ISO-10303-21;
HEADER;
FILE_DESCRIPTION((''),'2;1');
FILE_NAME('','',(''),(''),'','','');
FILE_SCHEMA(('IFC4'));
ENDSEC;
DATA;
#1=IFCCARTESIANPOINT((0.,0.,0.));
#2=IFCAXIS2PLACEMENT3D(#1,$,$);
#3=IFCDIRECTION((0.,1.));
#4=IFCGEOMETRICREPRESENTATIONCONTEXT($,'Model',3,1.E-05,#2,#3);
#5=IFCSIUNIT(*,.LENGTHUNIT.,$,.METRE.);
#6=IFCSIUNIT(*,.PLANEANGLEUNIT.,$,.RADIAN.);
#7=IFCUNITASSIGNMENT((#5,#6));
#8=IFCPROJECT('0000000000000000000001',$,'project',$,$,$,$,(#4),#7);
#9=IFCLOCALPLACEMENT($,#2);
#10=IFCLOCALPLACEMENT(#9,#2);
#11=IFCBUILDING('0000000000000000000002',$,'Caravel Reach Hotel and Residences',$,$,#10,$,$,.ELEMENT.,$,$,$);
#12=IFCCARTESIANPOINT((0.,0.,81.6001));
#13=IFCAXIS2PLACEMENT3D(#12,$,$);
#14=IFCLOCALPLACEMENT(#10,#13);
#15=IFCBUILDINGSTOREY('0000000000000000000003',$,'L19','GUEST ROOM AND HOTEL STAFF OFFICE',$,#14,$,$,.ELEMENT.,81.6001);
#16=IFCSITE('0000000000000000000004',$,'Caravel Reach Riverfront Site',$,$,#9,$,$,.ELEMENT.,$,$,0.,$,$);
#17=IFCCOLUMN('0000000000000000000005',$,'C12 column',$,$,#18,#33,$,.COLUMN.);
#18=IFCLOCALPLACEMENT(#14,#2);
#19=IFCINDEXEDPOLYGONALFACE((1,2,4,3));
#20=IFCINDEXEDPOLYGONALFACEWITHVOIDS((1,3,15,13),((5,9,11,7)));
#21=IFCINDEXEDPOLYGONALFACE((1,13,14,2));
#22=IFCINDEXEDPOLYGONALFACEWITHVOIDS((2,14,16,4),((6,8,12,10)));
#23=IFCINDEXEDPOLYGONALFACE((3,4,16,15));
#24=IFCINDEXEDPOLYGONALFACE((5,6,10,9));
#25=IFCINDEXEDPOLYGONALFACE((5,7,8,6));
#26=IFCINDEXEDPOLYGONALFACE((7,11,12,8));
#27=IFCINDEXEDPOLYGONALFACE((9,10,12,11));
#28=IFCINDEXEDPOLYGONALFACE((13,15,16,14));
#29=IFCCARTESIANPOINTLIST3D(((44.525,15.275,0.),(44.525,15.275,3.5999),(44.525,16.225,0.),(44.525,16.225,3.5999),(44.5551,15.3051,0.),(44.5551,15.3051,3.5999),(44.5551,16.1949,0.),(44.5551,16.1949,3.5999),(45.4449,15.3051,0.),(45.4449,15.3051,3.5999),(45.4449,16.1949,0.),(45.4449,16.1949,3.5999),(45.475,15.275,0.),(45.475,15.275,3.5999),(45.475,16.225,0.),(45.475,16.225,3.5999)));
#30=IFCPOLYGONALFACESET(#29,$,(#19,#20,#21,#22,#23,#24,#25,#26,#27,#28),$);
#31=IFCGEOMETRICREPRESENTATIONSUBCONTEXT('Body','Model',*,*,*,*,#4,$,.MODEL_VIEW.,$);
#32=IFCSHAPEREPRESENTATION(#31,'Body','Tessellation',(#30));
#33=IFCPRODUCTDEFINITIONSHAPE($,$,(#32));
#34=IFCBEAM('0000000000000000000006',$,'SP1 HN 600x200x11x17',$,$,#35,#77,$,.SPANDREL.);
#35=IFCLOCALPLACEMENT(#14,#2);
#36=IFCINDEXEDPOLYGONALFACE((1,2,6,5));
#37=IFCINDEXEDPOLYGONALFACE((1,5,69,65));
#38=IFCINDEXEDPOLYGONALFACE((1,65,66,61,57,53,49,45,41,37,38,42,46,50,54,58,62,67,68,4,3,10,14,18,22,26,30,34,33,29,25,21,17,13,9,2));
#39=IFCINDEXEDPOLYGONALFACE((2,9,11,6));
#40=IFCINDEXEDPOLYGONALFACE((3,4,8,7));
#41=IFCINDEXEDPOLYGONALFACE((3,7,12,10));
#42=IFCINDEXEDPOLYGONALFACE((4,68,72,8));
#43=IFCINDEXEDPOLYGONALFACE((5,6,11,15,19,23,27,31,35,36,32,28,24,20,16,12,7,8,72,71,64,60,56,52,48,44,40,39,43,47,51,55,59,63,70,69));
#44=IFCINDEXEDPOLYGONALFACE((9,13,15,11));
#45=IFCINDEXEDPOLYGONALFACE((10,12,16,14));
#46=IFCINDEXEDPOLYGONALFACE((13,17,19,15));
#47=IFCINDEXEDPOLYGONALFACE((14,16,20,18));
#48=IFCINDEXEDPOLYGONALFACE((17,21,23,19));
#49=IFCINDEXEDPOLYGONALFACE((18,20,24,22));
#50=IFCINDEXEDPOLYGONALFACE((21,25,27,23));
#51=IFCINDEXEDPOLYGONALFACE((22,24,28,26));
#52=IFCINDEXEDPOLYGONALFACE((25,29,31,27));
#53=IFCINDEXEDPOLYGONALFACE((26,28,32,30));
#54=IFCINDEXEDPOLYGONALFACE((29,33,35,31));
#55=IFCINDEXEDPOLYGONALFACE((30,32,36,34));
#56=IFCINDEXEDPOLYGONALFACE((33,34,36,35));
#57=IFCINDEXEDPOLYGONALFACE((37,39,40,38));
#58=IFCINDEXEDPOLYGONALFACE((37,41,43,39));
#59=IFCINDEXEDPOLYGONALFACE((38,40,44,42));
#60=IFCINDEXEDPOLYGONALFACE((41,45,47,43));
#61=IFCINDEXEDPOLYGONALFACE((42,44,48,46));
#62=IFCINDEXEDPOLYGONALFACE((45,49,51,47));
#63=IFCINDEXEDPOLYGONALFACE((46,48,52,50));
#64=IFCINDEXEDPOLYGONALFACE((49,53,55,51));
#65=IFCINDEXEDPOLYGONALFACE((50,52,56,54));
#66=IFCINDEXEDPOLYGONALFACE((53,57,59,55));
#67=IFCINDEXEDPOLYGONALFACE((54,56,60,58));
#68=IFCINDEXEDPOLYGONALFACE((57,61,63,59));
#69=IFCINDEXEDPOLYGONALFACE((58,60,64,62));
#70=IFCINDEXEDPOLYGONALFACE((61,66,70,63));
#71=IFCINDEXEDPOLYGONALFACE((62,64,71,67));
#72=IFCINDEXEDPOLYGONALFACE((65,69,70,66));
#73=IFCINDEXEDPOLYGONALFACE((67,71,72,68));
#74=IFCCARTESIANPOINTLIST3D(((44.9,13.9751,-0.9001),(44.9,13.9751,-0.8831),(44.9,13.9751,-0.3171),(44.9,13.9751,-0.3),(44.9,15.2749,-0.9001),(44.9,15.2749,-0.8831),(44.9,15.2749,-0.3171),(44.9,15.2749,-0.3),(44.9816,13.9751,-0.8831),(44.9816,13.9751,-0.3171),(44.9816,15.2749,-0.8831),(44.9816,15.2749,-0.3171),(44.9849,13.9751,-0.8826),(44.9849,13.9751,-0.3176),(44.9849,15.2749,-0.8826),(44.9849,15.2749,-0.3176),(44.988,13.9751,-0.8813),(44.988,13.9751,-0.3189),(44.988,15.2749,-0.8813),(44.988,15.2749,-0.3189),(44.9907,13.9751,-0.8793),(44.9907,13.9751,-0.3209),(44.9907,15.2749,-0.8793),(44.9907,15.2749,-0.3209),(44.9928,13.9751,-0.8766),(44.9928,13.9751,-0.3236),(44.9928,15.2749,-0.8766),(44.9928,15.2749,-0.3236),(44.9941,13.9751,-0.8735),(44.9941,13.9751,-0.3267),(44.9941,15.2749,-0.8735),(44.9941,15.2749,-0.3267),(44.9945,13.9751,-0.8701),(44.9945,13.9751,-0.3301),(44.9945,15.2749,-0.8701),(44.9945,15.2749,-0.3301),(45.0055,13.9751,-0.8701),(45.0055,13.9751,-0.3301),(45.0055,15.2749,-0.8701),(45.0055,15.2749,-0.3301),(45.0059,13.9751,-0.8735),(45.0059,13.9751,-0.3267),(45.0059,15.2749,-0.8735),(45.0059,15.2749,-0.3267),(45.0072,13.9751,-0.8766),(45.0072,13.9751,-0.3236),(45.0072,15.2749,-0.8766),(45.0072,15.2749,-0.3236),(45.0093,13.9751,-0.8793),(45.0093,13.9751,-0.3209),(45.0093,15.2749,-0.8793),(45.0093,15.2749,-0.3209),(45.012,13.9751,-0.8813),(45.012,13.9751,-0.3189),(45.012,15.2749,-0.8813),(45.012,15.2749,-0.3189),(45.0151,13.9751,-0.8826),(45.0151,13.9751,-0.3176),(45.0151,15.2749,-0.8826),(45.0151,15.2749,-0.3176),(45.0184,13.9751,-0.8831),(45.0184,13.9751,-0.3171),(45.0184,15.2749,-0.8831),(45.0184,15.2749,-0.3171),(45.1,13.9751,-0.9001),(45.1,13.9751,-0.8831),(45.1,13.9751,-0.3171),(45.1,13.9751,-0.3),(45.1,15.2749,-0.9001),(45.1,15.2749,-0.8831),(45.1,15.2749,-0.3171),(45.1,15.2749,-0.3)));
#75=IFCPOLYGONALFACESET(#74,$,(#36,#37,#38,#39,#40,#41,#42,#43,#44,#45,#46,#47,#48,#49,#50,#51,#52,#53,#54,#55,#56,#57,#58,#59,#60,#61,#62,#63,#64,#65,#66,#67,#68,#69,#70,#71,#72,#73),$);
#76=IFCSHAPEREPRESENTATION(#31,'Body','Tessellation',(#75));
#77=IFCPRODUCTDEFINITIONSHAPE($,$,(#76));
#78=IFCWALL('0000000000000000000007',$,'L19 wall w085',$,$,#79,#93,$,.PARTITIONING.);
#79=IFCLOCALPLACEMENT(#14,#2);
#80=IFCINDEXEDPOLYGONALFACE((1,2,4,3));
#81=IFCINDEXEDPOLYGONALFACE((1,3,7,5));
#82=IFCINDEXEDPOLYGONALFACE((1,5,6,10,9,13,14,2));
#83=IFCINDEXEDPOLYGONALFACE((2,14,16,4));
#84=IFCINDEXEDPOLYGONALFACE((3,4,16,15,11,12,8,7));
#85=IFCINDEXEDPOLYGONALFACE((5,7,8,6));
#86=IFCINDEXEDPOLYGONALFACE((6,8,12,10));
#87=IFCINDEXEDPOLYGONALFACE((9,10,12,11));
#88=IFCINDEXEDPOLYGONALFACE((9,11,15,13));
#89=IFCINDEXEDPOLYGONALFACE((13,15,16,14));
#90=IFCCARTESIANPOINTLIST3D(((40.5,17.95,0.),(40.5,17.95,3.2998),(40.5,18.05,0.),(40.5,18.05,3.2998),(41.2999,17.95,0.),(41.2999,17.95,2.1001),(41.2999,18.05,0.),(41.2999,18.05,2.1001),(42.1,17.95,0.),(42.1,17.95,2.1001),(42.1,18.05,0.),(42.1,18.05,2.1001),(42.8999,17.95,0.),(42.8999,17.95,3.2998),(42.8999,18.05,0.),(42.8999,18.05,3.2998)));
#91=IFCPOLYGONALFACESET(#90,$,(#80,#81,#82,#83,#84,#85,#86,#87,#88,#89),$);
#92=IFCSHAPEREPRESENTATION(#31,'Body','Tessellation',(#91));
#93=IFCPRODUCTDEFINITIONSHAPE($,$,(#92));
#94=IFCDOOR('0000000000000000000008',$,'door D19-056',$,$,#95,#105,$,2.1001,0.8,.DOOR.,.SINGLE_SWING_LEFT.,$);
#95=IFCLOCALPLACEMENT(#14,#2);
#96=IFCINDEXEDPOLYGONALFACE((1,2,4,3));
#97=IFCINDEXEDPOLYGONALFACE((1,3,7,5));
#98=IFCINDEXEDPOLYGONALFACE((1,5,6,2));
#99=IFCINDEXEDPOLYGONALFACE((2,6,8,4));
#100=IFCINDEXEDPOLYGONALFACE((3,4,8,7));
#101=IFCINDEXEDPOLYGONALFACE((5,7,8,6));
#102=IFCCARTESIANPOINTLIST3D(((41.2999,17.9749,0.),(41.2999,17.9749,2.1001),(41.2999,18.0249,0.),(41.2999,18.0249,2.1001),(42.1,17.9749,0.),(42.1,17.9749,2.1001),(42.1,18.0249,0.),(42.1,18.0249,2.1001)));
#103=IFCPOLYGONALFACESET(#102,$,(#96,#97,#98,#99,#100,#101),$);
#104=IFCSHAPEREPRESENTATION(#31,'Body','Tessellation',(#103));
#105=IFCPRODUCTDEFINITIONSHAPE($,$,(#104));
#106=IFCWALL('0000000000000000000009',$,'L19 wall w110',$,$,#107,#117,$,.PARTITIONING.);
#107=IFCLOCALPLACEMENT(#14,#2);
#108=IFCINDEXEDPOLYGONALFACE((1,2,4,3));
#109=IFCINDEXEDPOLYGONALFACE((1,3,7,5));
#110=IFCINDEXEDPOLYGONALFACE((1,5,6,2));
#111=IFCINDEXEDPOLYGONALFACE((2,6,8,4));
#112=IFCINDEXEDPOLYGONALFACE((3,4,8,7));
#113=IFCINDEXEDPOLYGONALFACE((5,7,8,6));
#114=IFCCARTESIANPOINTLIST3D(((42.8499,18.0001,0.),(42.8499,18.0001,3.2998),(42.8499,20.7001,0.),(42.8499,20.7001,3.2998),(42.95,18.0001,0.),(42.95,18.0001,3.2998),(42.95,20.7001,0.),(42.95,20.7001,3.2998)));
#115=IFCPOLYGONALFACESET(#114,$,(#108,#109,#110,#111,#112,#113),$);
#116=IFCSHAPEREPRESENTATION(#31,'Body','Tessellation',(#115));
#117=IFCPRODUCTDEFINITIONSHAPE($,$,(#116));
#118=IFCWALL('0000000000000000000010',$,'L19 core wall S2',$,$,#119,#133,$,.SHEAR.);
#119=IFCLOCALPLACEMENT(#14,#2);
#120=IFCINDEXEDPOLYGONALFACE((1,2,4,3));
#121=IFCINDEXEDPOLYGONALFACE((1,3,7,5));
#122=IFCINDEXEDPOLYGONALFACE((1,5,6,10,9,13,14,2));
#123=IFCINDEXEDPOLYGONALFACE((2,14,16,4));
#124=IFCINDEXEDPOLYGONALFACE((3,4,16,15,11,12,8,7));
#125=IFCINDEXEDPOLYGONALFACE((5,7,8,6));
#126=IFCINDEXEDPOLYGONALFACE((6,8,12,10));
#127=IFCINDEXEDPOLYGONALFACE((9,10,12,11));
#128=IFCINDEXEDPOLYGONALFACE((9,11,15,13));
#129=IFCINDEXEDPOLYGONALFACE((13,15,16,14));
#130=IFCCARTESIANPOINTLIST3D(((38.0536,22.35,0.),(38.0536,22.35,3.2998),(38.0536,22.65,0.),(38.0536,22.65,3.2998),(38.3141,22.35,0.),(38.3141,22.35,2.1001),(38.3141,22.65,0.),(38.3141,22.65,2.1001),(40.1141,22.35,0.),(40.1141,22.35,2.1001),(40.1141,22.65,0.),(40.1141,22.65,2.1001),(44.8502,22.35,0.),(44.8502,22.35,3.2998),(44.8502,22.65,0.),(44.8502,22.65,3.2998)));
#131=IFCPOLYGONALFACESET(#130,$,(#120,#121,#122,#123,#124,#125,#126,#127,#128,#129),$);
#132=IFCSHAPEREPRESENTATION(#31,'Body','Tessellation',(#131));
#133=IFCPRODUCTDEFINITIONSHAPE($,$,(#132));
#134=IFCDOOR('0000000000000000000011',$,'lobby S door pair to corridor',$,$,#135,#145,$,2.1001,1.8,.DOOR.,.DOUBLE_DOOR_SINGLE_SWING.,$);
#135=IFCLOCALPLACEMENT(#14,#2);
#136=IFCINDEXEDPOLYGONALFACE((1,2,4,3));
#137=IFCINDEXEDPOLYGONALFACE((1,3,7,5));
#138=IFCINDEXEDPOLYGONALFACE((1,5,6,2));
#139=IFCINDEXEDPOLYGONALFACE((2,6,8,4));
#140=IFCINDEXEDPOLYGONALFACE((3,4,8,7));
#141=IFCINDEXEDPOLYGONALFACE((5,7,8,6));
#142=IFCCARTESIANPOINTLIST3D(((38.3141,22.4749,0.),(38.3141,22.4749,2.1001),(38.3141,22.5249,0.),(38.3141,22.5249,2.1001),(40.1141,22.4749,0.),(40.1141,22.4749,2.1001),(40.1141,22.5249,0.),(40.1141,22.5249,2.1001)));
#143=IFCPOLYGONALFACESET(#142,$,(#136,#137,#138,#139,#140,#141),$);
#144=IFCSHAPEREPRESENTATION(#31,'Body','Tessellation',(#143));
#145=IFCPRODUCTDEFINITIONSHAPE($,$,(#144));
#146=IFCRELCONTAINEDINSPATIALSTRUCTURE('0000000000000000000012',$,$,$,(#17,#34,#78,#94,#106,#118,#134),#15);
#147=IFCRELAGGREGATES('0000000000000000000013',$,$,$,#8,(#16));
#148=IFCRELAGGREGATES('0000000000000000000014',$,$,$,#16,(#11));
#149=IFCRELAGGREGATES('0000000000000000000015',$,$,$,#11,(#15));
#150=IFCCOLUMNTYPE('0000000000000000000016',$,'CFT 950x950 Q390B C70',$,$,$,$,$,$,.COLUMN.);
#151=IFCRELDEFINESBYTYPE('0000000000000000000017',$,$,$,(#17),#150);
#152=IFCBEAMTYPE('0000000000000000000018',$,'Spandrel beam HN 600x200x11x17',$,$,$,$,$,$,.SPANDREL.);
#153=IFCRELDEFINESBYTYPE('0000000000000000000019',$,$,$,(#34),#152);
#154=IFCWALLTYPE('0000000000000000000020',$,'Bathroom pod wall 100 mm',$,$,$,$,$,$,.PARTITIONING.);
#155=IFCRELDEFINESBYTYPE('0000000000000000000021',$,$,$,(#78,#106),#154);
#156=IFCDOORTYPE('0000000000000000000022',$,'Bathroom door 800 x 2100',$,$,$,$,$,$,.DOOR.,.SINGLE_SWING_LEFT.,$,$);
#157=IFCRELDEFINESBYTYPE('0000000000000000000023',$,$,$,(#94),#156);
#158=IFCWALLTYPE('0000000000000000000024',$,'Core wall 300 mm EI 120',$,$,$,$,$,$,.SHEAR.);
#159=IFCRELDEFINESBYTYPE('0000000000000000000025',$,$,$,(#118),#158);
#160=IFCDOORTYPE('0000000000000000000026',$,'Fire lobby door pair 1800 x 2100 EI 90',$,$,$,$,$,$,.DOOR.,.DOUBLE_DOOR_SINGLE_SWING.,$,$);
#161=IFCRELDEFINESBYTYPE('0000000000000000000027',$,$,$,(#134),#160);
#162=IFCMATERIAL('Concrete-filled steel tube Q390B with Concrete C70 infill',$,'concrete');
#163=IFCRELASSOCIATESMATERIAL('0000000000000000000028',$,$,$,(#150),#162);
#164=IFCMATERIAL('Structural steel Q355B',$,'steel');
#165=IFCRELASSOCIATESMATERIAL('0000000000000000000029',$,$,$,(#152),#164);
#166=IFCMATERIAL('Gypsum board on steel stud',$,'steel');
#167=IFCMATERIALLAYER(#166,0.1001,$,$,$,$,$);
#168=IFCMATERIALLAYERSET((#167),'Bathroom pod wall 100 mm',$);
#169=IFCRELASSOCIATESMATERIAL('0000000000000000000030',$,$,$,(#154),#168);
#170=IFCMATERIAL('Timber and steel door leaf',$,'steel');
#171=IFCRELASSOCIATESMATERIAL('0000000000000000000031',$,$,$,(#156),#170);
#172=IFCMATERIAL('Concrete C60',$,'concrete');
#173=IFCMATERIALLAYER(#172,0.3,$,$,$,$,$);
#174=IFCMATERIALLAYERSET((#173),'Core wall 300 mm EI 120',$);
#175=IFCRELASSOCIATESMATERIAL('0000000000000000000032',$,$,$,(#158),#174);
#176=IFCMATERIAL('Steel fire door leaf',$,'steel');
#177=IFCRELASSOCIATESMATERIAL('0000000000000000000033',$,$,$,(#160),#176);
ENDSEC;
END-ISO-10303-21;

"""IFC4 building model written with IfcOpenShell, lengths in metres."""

from ifc_helpers import new_model, si_unit, direction, frame, frame_2d, origin, origin_2d, place, context, subcontext, project, spatial, rectangle, hollow_rectangle, i_section, extrude, material, layer, layer_set, material_profile, profile_set, type_object, element, fill, save


model = new_model("IFC4")

# Units and contexts
model_context = context("Model", 3, precision=1e-05, world=origin(), true_north=direction((0.0, 1.0)))
body_context = subcontext(model_context, "Body", "Model", "MODEL_VIEW")
ifc_project = project(units=[si_unit("LENGTHUNIT", "METRE"), si_unit("PLANEANGLEUNIT", "RADIAN")], contexts=[model_context])

# Site, building, storey
site_placement = place(None, origin())
site = spatial("IfcSite", under=ifc_project, at=site_placement, Name="Caravel Reach Riverfront Site", CompositionType="ELEMENT", RefElevation=0.0)
building_placement = place(site_placement, origin())
building = spatial("IfcBuilding", under=site, at=building_placement, Name="Caravel Reach Hotel and Residences", CompositionType="ELEMENT")
storey_placement = place(building_placement, frame((0.0, 0.0, 81.6001)))
storey = spatial("IfcBuildingStorey", under=building, at=storey_placement, Name="L19", Description="GUEST ROOM AND HOTEL STAFF OFFICE", CompositionType="ELEMENT", Elevation=81.6001)

# Column
ifc_material_1 = material(Name="Concrete-filled steel tube Q390B with Concrete C70 infill", Category="concrete")
ifc_material_profile_1 = material_profile(ifc_material_1, hollow_rectangle(XDim=0.95, YDim=0.95, WallThickness=0.03, at=origin_2d()), Name="RHS 950x950x30")
ifc_profile_set_1 = profile_set([ifc_material_profile_1], Name="Concrete-filled steel tube Q390B with Concrete C70 infill")
column_type = type_object("IfcColumnType", Name="CFT 950x950 Q390B C70", PredefinedType="COLUMN", material=ifc_profile_set_1)
column_placement = place(storey_placement, frame((45.0, 15.75, 0.0), z_axis=(0.0, 0.0, 1.0), x_axis=(1.0, 0.0, 0.0)))
element("IfcColumn", 1, at=column_placement, inside=storey, type_object=column_type, Name="C12 column", PredefinedType="COLUMN", context=body_context, shape_type="SweptSolid", body=[
    extrude(hollow_rectangle(XDim=0.95, YDim=0.95, WallThickness=0.03, at=origin_2d()), origin(), (0.0, 0.0, 1.0), 3.5999),
])

# Beam
ifc_material_2 = material(Name="Structural steel Q355B", Category="steel")
ifc_material_profile_2 = material_profile(ifc_material_2, i_section(OverallWidth=0.2, OverallDepth=0.6001, WebThickness=0.011, FlangeThickness=0.0171, FilletRadius=0.0129, at=origin_2d()), Name="HN 600x200x11x17")
ifc_profile_set_2 = profile_set([ifc_material_profile_2], Name="Structural steel Q355B")
beam_type = type_object("IfcBeamType", Name="Spandrel beam HN 600x200x11x17", PredefinedType="SPANDREL", material=ifc_profile_set_2)
beam_placement = place(storey_placement, frame((45.0, 13.9751, -0.6001), z_axis=(0.0, 1.0, 0.0), x_axis=(-1.0, 0.0, 0.0)))
element("IfcBeam", 2, at=beam_placement, inside=storey, type_object=beam_type, Name="SP1 HN 600x200x11x17", PredefinedType="SPANDREL", context=body_context, shape_type="SweptSolid", body=[
    extrude(i_section(OverallWidth=0.2, OverallDepth=0.6001, WebThickness=0.011, FlangeThickness=0.0171, FilletRadius=0.0129, at=origin_2d()), origin(), (0.0, 0.0, 1.0), 1.2998),
])

# Wall, opening, door
ifc_material_3 = material(Name="Gypsum board on steel stud", Category="steel")
ifc_layer_1 = layer(ifc_material_3, 0.1001)
ifc_layer_set_1 = layer_set([ifc_layer_1], Name="Bathroom pod wall 100 mm")
wall_type_1 = type_object("IfcWallType", Name="Bathroom pod wall 100 mm", PredefinedType="PARTITIONING", material=ifc_layer_set_1)
wall_1_placement = place(storey_placement, frame((40.5, 18.0, 0.0), z_axis=(0.0, 0.0, 1.0), x_axis=(1.0, 0.0, 0.0)))
wall_1 = element("IfcWall", 3, at=wall_1_placement, inside=storey, type_object=wall_type_1, Name="L19 wall w085", PredefinedType="PARTITIONING", context=body_context, shape_type="SweptSolid", body=[
    extrude(rectangle(XDim=2.3999, YDim=0.1001, at=frame_2d((1.2, 0.0))), origin(), (0.0, 0.0, 1.0), 3.2998),
])
opening_1_placement = place(wall_1_placement, frame((0.8, 0.0, 0.0)))
opening_1 = element("IfcOpeningElement", 4, at=opening_1_placement, cuts=wall_1, PredefinedType="OPENING", context=body_context, shape_type="SweptSolid", body=[
    extrude(rectangle(XDim=0.8, YDim=2.1001, at=frame_2d((0.3999, 1.05))), frame((0.0, 0.0601, 0.0), z_axis=(0.0, -1.0, 0.0), x_axis=(1.0, 0.0, 0.0)), (0.0, 0.0, 1.0), 0.1201),
])
ifc_material_4 = material(Name="Timber and steel door leaf", Category="steel")
door_type_1 = type_object("IfcDoorType", Name="Bathroom door 800 x 2100", OperationType="SINGLE_SWING_LEFT", PredefinedType="DOOR", material=ifc_material_4)
door_1_placement = place(opening_1_placement, origin())
door_1 = element("IfcDoor", 5, at=door_1_placement, inside=storey, type_object=door_type_1, Name="door D19-056", OperationType="SINGLE_SWING_LEFT", OverallHeight=2.1001, OverallWidth=0.8, PredefinedType="DOOR", context=body_context, shape_type="SweptSolid", body=[
    extrude(rectangle(XDim=0.8, YDim=2.1001, at=frame_2d((0.3999, 1.05))), frame((0.0, 0.0249, 0.0), z_axis=(0.0, -1.0, 0.0), x_axis=(1.0, 0.0, 0.0)), (0.0, 0.0, 1.0), 0.05),
])
fill(opening_1, door_1)

# Wall
wall_2_placement = place(storey_placement, frame((42.8999, 18.0, 0.0), z_axis=(0.0, 0.0, 1.0), x_axis=(0.0, 1.0, 0.0)))
element("IfcWall", 6, at=wall_2_placement, inside=storey, type_object=wall_type_1, Name="L19 wall w110", PredefinedType="PARTITIONING", context=body_context, shape_type="SweptSolid", body=[
    extrude(rectangle(XDim=2.7, YDim=0.1001, at=frame_2d((1.3501, 0.0))), origin(), (0.0, 0.0, 1.0), 3.2998),
])

# Wall, opening, door
ifc_material_5 = material(Name="Concrete C60", Category="concrete")
ifc_layer_2 = layer(ifc_material_5, 0.3)
ifc_layer_set_2 = layer_set([ifc_layer_2], Name="Core wall 300 mm EI 120")
wall_type_2 = type_object("IfcWallType", Name="Core wall 300 mm EI 120", PredefinedType="SHEAR", material=ifc_layer_set_2)
wall_3_placement = place(storey_placement, frame((38.0535, 22.5, 0.0), z_axis=(0.0, 0.0, 1.0), x_axis=(1.0, 0.0, 0.0)))
wall_3 = element("IfcWall", 7, at=wall_3_placement, inside=storey, type_object=wall_type_2, Name="L19 core wall S2", PredefinedType="SHEAR", context=body_context, shape_type="SweptSolid", body=[
    extrude(rectangle(XDim=6.7966, YDim=0.3, at=frame_2d((3.3984, 0.0))), origin(), (0.0, 0.0, 1.0), 3.2998),
])
opening_2_placement = place(wall_3_placement, frame((0.2607, 0.0, 0.0)))
opening_2 = element("IfcOpeningElement", 8, at=opening_2_placement, cuts=wall_3, PredefinedType="OPENING", context=body_context, shape_type="SweptSolid", body=[
    extrude(rectangle(XDim=1.8, YDim=2.1001, at=frame_2d((0.8999, 1.05))), frame((0.0, 0.1599, 0.0), z_axis=(0.0, -1.0, 0.0), x_axis=(1.0, 0.0, 0.0)), (0.0, 0.0, 1.0), 0.3201),
])
ifc_material_6 = material(Name="Steel fire door leaf", Category="steel")
door_type_2 = type_object("IfcDoorType", Name="Fire lobby door pair 1800 x 2100 EI 90", OperationType="DOUBLE_DOOR_SINGLE_SWING", PredefinedType="DOOR", material=ifc_material_6)
door_2_placement = place(opening_2_placement, origin())
door_2 = element("IfcDoor", 9, at=door_2_placement, inside=storey, type_object=door_type_2, Name="lobby S door pair to corridor", OperationType="DOUBLE_DOOR_SINGLE_SWING", OverallHeight=2.1001, OverallWidth=1.8, PredefinedType="DOOR", context=body_context, shape_type="SweptSolid", body=[
    extrude(rectangle(XDim=1.8, YDim=2.1001, at=frame_2d((0.8999, 1.05))), frame((0.0, 0.0249, 0.0), z_axis=(0.0, -1.0, 0.0), x_axis=(1.0, 0.0, 0.0)), (0.0, 0.0, 1.0), 0.05),
])
fill(opening_2, door_2)

save(model, "model.ifc")
